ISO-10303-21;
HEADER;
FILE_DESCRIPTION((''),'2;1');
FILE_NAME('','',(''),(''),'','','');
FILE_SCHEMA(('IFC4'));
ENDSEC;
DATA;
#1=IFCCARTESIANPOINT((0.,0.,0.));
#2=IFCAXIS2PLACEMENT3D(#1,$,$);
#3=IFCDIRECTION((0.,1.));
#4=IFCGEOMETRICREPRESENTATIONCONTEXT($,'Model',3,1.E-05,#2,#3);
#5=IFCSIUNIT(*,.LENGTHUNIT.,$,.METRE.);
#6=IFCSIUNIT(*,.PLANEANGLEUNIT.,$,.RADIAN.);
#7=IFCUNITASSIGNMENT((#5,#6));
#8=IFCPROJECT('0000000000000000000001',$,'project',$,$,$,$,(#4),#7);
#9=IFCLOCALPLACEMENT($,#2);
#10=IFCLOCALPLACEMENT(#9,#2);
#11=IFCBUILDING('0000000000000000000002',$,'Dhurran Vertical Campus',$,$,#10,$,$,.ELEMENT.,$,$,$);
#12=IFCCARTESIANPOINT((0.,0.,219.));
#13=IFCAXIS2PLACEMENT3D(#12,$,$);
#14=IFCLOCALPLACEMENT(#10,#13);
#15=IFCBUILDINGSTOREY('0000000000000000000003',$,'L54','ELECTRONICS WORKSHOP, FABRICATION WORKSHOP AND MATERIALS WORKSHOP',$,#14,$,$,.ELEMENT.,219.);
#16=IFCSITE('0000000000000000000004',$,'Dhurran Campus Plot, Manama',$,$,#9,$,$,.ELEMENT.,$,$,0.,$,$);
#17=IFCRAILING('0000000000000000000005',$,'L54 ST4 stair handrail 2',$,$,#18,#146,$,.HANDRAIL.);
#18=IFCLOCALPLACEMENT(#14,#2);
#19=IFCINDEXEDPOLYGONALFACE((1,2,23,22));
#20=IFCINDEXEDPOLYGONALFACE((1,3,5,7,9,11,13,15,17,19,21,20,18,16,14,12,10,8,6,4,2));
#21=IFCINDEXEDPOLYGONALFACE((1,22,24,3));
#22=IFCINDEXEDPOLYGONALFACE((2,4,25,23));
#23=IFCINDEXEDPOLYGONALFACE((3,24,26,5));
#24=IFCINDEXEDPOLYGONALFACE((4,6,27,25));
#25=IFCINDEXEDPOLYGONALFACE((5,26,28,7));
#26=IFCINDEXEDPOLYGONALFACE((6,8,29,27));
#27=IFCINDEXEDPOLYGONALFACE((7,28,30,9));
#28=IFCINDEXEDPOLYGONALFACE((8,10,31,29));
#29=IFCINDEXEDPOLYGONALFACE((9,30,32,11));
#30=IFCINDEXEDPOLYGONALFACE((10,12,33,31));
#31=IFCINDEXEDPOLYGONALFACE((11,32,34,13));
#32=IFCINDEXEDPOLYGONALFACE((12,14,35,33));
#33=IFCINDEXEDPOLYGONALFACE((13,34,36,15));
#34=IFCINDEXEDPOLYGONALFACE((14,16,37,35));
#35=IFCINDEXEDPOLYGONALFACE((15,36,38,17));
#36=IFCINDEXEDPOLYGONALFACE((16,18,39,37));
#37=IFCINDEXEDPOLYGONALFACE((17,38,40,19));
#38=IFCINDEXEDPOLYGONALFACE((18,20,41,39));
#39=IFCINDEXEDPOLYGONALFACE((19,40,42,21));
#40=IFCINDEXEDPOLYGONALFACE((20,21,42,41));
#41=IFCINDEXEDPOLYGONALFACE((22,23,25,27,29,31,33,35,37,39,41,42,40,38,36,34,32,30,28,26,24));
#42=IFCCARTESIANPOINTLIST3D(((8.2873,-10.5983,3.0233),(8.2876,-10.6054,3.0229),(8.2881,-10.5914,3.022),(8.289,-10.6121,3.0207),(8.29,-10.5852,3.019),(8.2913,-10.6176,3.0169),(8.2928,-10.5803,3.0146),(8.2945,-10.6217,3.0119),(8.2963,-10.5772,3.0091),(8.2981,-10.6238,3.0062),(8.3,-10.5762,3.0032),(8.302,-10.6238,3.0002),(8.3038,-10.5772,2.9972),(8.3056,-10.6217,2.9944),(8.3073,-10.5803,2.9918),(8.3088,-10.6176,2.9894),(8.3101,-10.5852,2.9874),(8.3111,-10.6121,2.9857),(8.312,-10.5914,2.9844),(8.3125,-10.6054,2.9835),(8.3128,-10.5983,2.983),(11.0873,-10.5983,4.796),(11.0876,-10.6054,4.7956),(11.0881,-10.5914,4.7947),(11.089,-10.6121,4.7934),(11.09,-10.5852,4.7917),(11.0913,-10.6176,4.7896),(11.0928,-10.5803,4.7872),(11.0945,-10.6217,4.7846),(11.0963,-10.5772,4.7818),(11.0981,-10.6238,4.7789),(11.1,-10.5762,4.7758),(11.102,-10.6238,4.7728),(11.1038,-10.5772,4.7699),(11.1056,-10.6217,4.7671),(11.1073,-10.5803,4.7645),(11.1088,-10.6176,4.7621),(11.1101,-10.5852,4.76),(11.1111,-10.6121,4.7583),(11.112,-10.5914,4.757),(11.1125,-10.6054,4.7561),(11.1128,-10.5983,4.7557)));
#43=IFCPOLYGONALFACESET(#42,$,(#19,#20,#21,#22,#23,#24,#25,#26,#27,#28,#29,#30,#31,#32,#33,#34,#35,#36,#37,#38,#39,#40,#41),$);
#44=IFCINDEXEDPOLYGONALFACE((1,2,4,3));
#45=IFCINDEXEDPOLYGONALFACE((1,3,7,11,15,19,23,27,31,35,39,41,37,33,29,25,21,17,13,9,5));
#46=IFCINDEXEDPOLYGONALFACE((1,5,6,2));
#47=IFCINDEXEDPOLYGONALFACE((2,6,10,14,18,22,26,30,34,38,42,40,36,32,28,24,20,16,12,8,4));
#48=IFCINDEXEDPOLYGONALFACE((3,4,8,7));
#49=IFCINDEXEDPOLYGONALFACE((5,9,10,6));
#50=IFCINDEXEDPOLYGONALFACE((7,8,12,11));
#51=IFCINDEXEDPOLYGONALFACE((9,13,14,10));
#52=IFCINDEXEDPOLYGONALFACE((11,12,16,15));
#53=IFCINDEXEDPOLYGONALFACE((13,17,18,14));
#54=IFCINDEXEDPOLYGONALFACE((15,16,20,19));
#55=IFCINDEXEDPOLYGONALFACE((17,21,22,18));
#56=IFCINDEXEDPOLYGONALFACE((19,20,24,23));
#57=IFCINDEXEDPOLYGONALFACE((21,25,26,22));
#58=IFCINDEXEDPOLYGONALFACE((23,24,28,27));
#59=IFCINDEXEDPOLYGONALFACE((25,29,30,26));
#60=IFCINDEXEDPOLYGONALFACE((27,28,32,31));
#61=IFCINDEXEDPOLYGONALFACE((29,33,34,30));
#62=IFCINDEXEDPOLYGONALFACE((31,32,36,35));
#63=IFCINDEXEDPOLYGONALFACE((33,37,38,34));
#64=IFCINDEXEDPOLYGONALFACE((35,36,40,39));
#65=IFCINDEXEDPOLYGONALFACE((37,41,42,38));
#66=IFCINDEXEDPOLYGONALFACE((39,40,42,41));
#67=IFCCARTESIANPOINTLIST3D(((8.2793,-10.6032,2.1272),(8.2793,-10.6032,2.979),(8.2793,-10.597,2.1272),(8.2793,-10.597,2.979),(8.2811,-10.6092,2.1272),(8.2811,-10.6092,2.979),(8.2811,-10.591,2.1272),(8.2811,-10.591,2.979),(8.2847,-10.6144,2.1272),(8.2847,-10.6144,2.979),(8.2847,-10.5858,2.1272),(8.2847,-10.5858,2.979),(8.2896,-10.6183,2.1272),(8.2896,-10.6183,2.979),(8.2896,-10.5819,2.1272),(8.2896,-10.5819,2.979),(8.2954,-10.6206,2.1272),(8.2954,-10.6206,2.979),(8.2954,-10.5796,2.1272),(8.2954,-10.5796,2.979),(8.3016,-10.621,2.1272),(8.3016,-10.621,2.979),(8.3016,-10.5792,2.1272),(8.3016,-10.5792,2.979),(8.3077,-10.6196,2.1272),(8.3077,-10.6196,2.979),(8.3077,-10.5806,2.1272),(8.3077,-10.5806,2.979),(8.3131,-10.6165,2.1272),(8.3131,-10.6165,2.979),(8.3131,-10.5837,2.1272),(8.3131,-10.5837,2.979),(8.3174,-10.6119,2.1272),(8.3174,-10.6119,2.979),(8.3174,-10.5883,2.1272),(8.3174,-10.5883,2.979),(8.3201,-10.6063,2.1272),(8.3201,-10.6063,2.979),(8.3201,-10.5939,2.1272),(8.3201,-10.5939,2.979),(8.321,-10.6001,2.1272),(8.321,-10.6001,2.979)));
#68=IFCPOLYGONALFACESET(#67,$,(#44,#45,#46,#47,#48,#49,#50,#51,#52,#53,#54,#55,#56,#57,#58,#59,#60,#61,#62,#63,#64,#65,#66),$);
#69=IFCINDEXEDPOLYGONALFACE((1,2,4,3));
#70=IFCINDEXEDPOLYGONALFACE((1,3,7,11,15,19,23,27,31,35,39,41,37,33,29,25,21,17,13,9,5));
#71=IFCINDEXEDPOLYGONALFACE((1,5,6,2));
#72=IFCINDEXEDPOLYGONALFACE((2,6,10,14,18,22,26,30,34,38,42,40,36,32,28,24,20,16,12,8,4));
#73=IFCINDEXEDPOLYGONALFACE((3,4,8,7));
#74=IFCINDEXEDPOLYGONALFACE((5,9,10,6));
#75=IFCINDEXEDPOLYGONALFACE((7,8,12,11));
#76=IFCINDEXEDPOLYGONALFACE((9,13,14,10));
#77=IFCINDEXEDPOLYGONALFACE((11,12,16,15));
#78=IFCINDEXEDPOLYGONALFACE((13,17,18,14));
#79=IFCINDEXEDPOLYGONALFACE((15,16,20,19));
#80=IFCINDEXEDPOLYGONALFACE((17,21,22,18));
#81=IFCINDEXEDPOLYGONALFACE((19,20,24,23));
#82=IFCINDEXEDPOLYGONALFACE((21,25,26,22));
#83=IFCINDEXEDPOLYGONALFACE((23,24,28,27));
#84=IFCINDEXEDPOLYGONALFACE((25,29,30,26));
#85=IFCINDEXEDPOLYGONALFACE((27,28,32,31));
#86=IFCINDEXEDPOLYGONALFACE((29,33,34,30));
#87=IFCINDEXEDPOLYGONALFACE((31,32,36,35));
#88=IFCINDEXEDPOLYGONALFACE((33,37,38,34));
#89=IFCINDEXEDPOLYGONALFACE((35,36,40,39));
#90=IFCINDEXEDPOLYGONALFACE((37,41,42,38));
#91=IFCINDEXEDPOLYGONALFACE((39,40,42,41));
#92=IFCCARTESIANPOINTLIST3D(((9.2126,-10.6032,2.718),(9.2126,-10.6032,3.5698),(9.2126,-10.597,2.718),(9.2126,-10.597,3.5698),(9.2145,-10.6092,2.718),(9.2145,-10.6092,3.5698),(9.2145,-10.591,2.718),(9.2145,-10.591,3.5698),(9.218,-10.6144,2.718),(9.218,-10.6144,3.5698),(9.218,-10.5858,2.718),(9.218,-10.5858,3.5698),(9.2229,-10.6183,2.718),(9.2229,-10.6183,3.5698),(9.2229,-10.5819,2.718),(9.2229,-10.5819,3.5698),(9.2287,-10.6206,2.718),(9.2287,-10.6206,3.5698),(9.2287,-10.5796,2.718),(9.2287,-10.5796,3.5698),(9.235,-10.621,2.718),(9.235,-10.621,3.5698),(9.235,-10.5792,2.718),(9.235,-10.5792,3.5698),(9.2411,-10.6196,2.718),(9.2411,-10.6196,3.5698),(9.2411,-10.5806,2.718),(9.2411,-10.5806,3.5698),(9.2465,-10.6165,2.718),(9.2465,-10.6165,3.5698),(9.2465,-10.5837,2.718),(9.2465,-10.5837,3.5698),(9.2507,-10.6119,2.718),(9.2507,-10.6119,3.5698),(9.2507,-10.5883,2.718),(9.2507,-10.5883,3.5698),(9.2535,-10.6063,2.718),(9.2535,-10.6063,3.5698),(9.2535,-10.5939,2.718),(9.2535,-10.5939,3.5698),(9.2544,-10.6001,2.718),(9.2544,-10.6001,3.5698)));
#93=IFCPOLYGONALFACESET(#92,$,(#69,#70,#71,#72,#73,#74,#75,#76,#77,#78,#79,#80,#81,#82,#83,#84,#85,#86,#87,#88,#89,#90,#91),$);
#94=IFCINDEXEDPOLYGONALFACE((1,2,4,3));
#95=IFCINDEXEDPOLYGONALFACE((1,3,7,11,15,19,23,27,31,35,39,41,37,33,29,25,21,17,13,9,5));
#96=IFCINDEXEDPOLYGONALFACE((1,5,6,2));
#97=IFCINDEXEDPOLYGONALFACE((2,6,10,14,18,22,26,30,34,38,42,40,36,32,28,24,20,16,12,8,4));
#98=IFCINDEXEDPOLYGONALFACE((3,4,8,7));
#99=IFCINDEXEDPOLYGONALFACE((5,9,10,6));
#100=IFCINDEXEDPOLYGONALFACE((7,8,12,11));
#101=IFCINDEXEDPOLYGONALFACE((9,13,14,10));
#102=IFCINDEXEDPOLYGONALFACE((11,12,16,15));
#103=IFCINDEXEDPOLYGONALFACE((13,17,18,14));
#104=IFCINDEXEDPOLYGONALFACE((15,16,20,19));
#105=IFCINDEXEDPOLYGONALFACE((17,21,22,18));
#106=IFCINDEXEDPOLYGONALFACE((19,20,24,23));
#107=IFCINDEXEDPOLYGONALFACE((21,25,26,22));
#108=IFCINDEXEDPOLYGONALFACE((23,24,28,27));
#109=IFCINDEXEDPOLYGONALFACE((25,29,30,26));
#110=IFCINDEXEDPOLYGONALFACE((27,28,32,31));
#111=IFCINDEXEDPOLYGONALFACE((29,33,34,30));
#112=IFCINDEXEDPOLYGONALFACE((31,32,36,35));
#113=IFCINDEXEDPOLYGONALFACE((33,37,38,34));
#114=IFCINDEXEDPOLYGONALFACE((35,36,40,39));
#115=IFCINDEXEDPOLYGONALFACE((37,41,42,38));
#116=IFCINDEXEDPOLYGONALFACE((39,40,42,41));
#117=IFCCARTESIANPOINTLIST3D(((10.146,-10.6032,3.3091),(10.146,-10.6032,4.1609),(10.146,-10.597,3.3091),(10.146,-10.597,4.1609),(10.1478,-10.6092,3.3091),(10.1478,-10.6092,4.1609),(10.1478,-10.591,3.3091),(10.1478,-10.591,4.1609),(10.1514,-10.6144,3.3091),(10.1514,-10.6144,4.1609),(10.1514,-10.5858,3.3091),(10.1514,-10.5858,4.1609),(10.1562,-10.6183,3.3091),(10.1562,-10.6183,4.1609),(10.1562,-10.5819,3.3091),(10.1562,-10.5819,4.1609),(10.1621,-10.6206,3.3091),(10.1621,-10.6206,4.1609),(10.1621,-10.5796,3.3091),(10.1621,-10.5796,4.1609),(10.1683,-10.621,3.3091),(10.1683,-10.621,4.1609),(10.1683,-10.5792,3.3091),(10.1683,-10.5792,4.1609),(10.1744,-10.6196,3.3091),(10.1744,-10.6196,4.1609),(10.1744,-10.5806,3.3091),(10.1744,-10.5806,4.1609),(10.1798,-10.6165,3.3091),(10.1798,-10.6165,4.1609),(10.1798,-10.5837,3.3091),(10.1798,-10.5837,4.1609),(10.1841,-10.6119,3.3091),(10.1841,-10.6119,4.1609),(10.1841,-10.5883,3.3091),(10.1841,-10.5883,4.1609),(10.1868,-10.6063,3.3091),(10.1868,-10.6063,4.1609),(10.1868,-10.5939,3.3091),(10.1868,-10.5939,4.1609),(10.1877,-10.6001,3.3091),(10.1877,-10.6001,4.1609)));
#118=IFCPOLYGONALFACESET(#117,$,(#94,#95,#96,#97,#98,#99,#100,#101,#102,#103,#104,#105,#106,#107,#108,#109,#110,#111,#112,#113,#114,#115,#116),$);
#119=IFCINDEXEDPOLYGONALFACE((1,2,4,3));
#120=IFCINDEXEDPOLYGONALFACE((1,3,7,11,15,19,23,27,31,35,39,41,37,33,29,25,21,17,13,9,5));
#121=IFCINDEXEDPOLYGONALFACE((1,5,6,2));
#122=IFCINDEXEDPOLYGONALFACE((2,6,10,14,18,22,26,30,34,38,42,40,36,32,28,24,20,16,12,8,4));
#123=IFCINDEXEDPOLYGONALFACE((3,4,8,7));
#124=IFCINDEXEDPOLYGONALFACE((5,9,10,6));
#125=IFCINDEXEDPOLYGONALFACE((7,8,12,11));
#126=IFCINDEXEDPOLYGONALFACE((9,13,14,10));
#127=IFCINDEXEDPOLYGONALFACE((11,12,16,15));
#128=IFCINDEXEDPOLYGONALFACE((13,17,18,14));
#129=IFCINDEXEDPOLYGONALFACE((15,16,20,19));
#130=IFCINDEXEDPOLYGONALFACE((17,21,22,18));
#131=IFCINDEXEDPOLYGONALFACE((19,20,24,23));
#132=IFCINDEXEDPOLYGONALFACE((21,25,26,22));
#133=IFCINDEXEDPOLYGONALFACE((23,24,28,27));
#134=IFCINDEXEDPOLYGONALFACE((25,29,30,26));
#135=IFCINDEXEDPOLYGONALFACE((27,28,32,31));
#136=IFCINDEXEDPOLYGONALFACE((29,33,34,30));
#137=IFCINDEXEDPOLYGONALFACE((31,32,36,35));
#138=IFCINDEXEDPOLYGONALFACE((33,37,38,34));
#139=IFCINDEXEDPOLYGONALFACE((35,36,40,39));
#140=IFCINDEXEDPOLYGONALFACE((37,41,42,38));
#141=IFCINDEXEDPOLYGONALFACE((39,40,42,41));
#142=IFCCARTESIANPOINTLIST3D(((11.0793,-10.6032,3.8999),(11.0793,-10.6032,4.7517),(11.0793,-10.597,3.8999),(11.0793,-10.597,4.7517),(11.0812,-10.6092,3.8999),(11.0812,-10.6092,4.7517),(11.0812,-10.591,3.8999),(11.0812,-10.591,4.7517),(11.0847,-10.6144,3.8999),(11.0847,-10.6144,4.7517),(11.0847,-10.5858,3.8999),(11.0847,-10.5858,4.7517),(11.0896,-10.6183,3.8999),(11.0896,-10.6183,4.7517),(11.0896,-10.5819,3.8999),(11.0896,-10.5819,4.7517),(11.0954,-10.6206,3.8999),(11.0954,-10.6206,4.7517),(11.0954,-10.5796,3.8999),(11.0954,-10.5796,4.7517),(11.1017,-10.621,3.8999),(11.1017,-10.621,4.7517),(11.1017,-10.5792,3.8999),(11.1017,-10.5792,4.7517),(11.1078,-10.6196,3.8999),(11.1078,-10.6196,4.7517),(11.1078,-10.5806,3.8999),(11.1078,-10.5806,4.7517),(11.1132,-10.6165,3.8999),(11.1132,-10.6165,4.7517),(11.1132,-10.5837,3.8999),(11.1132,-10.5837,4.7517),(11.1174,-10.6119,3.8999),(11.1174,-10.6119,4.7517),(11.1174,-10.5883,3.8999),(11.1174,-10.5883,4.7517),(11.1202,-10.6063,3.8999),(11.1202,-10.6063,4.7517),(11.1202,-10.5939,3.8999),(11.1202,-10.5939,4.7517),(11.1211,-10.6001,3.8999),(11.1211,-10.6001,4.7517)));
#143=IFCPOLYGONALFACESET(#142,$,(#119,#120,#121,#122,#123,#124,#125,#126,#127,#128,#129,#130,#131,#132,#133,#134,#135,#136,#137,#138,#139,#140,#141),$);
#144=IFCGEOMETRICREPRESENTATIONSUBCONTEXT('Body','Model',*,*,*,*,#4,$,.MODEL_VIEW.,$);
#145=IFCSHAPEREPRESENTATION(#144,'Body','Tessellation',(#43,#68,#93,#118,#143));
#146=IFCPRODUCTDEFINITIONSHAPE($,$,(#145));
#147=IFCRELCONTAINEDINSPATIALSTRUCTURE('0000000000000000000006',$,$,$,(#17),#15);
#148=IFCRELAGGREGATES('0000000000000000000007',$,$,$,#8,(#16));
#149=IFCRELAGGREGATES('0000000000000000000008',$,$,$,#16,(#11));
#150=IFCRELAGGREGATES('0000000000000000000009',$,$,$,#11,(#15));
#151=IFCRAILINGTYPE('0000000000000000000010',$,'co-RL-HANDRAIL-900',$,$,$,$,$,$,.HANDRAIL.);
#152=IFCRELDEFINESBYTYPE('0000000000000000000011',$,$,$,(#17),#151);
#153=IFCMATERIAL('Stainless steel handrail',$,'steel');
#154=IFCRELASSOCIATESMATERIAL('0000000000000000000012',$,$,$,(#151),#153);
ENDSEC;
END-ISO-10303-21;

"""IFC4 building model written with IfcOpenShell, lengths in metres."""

from ifc_helpers import new_model, si_unit, direction, frame, origin, origin_2d, place, context, subcontext, project, spatial, circle, extrude, material, type_object, element, save


model = new_model("IFC4")

# Units and contexts
model_context = context("Model", 3, precision=1e-05, world=origin(), true_north=direction((0.0, 1.0)))
body_context = subcontext(model_context, "Body", "Model", "MODEL_VIEW")
ifc_project = project(units=[si_unit("LENGTHUNIT", "METRE"), si_unit("PLANEANGLEUNIT", "RADIAN")], contexts=[model_context])

# Site, building, storey
site_placement = place(None, origin())
site = spatial("IfcSite", under=ifc_project, at=site_placement, Name="Dhurran Campus Plot, Manama", CompositionType="ELEMENT", RefElevation=0.0)
building_placement = place(site_placement, origin())
building = spatial("IfcBuilding", under=site, at=building_placement, Name="Dhurran Vertical Campus", CompositionType="ELEMENT")
storey_placement = place(building_placement, frame((0.0, 0.0, 219.0)))
storey = spatial("IfcBuildingStorey", under=building, at=storey_placement, Name="L54", Description="ELECTRONICS WORKSHOP, FABRICATION WORKSHOP AND MATERIALS WORKSHOP", CompositionType="ELEMENT", Elevation=219.0)

# Railing
ifc_material_1 = material(Name="Stainless steel handrail", Category="steel")
railing_type_1 = type_object("IfcRailingType", Name="co-RL-HANDRAIL-900", PredefinedType="HANDRAIL", material=ifc_material_1)
railing_1_placement = place(storey_placement, frame((8.3, -10.6001, 2.1272)))
element("IfcRailing", 1, at=railing_1_placement, inside=storey, type_object=railing_type_1, Name="L54 ST4 stair handrail 2", PredefinedType="HANDRAIL", context=body_context, shape_type="SweptSolid", body=[
    extrude(circle(Radius=0.0239, at=origin_2d()), frame((0.0, 0.0, 0.876), z_axis=(0.844909, 0.0, 0.53491), x_axis=(0.0, 1.0, 0.0)), (0.0, 0.0, 1.0), 3.314),
    extrude(circle(Radius=0.021, at=origin_2d()), origin(), (0.0, 0.0, 1.0), 0.8518),
    extrude(circle(Radius=0.021, at=origin_2d()), frame((0.9333, 0.0, 0.5908)), (0.0, 0.0, 1.0), 0.8518),
    extrude(circle(Radius=0.021, at=origin_2d()), frame((1.8667, 0.0, 1.1819)), (0.0, 0.0, 1.0), 0.8518),
    extrude(circle(Radius=0.021, at=origin_2d()), frame((2.8, 0.0, 1.7727)), (0.0, 0.0, 1.0), 0.8518),
])

save(model, "model.ifc")
